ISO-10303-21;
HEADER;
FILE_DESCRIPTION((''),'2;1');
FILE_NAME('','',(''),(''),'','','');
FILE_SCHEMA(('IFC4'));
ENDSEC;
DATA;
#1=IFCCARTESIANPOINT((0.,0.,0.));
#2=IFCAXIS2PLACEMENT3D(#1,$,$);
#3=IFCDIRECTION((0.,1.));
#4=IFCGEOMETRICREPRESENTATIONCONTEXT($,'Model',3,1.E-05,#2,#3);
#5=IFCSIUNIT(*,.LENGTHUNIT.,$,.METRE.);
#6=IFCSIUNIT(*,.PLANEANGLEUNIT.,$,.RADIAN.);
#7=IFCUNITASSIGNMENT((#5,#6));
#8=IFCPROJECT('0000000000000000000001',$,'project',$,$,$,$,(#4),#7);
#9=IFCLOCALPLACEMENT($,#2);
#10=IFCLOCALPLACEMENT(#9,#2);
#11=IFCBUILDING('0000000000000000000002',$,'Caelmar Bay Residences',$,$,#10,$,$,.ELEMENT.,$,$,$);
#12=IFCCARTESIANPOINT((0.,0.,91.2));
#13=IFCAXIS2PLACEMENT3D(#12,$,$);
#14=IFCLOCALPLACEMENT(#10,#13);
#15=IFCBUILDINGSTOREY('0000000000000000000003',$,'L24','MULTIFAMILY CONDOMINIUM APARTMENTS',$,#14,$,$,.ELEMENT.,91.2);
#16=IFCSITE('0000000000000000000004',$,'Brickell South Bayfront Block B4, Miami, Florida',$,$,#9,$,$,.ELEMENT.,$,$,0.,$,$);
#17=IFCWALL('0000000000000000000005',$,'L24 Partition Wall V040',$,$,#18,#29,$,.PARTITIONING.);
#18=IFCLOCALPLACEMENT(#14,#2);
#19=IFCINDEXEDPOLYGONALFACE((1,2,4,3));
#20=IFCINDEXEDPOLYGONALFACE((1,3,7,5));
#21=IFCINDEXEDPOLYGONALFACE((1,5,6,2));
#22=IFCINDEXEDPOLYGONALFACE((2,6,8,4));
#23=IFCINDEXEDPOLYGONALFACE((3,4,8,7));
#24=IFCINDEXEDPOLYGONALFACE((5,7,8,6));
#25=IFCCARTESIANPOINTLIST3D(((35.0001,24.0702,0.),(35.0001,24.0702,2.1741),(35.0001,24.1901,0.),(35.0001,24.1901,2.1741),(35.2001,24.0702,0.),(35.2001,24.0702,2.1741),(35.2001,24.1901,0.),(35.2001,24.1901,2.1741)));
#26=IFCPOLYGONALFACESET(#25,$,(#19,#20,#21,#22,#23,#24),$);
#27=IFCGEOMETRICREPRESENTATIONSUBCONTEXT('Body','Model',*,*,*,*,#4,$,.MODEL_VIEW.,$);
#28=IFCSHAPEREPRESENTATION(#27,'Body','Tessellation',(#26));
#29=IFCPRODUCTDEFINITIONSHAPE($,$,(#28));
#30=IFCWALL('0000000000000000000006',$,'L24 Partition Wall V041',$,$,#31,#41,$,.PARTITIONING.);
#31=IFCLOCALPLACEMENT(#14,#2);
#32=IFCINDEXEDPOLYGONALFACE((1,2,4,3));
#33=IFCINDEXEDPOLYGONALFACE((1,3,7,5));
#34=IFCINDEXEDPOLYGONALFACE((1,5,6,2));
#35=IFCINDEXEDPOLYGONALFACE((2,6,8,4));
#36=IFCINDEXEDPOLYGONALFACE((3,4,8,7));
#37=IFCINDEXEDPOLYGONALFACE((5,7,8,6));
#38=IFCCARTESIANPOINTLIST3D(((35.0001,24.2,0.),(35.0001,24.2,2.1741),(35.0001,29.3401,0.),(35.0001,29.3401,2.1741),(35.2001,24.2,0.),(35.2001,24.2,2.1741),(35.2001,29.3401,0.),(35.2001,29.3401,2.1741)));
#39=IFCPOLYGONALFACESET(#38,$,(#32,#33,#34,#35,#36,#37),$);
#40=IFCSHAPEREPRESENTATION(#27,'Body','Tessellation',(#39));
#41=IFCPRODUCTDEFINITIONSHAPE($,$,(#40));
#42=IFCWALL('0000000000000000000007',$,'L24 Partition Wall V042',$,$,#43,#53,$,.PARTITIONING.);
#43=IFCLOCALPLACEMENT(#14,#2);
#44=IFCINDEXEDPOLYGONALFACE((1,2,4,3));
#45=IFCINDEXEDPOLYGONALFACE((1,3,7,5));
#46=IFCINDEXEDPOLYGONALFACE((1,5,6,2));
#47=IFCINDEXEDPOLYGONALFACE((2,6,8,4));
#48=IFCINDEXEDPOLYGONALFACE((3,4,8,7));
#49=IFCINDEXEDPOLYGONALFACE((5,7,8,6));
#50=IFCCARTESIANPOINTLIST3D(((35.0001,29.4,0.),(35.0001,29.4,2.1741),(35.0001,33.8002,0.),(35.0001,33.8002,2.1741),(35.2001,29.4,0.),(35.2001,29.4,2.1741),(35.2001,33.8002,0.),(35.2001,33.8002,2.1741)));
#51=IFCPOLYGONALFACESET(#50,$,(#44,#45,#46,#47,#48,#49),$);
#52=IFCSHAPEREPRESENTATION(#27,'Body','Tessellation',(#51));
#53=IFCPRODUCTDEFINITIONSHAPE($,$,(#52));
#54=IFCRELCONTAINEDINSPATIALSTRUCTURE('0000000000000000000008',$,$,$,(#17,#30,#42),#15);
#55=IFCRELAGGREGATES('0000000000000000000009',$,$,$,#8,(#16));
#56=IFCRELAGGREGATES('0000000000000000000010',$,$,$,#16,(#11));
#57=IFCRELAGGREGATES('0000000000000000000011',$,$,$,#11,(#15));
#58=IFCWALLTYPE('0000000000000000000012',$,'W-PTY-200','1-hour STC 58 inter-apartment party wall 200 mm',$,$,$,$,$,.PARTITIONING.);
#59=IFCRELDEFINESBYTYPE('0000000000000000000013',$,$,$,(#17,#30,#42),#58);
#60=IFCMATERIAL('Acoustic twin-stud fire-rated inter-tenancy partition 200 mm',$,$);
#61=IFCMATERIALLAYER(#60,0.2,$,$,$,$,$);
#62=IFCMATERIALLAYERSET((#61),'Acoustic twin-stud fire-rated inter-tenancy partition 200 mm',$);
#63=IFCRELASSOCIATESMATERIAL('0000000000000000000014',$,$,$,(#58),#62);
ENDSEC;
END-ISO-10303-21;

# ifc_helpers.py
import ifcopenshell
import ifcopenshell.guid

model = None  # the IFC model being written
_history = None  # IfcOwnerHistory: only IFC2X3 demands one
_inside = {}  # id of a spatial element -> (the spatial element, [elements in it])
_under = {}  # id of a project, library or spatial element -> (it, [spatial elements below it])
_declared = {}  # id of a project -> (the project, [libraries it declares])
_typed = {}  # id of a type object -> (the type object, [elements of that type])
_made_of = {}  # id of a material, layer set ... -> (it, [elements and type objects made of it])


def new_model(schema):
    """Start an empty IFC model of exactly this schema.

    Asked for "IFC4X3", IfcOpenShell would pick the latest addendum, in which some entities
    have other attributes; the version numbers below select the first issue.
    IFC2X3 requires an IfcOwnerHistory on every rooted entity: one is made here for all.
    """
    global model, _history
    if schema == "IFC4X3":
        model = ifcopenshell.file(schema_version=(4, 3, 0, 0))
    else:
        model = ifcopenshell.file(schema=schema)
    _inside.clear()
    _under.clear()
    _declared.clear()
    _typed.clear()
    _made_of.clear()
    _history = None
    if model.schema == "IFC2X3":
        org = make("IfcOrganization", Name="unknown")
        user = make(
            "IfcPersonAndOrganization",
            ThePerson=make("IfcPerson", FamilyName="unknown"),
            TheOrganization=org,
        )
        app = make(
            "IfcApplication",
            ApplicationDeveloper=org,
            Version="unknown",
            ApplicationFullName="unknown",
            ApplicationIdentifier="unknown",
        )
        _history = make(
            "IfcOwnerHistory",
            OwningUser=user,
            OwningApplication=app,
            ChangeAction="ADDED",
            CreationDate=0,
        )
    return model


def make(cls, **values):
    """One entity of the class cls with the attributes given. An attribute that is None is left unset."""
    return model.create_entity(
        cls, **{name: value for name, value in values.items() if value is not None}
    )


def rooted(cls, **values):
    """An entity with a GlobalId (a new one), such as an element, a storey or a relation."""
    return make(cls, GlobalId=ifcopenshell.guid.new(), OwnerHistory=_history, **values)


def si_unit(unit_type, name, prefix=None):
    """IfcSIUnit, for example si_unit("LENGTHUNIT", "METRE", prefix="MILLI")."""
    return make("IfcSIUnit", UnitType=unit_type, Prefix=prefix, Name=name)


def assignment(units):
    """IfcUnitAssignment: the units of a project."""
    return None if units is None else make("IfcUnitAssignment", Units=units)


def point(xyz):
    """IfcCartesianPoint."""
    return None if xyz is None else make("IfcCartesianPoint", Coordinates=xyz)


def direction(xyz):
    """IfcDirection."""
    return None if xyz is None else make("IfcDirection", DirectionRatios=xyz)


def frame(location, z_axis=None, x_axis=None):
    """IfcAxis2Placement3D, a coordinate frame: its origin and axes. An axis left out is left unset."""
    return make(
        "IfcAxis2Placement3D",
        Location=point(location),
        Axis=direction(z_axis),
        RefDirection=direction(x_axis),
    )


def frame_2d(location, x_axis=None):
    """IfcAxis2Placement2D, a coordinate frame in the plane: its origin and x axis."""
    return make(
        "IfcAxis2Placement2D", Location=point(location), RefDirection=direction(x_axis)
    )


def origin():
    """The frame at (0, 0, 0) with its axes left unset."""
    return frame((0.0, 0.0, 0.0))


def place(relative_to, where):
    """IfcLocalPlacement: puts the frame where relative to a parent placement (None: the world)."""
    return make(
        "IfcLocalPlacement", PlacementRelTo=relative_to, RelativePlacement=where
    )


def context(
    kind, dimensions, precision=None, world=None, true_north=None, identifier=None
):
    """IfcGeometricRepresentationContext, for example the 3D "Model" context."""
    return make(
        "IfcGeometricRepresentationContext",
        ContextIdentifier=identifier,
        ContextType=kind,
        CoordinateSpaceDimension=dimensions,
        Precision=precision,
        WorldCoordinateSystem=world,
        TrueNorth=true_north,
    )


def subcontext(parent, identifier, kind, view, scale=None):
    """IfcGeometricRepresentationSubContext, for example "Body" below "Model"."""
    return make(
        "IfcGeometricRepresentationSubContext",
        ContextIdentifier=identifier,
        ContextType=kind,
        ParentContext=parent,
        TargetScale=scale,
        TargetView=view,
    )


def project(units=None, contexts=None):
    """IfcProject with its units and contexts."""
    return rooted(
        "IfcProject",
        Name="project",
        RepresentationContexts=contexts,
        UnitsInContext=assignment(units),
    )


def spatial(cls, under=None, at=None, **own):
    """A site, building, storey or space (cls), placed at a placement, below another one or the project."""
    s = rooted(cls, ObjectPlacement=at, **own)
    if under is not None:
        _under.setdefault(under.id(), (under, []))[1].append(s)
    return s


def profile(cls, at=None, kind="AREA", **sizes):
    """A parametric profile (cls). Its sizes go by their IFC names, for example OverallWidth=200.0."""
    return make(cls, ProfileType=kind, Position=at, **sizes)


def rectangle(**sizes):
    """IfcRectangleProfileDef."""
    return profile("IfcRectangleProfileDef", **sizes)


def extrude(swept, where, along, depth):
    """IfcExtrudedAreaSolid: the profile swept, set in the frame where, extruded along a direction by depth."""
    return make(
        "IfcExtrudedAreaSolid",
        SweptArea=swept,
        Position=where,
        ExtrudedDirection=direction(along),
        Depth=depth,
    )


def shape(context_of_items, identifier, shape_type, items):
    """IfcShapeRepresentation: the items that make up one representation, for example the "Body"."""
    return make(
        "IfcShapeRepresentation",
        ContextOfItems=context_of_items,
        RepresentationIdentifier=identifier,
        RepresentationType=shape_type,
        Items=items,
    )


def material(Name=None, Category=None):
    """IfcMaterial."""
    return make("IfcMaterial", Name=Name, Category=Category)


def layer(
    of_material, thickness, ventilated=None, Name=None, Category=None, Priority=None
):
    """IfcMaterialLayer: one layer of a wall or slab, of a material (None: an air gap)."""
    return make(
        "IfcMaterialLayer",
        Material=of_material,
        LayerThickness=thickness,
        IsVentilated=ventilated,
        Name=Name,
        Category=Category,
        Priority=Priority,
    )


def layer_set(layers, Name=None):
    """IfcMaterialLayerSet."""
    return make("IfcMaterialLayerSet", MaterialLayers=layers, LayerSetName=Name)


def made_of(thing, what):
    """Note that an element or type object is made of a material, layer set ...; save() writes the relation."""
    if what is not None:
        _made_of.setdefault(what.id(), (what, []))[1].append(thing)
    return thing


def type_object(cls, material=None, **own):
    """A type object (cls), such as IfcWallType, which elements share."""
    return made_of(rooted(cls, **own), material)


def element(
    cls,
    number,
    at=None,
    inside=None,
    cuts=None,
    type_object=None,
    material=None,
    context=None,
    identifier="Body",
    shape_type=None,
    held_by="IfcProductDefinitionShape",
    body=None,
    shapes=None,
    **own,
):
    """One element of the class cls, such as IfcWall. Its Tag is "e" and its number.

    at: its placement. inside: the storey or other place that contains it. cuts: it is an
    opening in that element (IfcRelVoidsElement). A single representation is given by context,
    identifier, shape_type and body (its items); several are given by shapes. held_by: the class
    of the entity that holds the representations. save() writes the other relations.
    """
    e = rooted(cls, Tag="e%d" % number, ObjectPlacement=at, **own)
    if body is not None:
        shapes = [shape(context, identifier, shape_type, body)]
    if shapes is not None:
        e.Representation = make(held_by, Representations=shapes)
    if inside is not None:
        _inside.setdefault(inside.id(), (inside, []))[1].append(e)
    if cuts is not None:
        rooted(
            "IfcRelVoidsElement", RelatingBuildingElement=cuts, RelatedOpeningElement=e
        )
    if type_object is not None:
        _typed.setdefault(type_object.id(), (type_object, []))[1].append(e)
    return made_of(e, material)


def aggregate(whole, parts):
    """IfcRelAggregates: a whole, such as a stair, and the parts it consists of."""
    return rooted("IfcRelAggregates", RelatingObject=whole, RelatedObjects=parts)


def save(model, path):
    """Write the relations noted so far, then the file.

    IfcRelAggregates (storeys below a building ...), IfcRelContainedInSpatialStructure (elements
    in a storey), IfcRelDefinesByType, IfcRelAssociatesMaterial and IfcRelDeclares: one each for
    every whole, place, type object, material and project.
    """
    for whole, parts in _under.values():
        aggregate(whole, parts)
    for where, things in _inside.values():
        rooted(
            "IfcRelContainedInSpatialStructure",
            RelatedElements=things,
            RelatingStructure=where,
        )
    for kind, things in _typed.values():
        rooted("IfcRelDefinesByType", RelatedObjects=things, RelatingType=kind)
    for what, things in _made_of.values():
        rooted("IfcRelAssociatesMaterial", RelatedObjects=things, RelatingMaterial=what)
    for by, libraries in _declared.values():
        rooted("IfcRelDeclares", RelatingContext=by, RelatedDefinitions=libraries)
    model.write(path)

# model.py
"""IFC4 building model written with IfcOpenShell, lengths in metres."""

from ifc_helpers import new_model, si_unit, direction, frame, frame_2d, origin, place, context, subcontext, project, spatial, rectangle, extrude, material, layer, layer_set, type_object, element, save


model = new_model("IFC4")

# Units and contexts
model_context = context("Model", 3, precision=1e-05, world=origin(), true_north=direction((0.0, 1.0)))
body_context = subcontext(model_context, "Body", "Model", "MODEL_VIEW")
ifc_project = project(units=[si_unit("LENGTHUNIT", "METRE"), si_unit("PLANEANGLEUNIT", "RADIAN")], contexts=[model_context])

# Site, building, storey
site_placement = place(None, origin())
site = spatial("IfcSite", under=ifc_project, at=site_placement, Name="Brickell South Bayfront Block B4, Miami, Florida", CompositionType="ELEMENT", RefElevation=0.0)
building_placement = place(site_placement, origin())
building = spatial("IfcBuilding", under=site, at=building_placement, Name="Caelmar Bay Residences", CompositionType="ELEMENT")
storey_placement = place(building_placement, frame((0.0, 0.0, 91.2)))
storey = spatial("IfcBuildingStorey", under=building, at=storey_placement, Name="L24", Description="MULTIFAMILY CONDOMINIUM APARTMENTS", CompositionType="ELEMENT", Elevation=91.2)

# Walls
ifc_material_1 = material(Name="Acoustic twin-stud fire-rated inter-tenancy partition 200 mm")
ifc_layer_1 = layer(ifc_material_1, 0.2)
ifc_layer_set_1 = layer_set([ifc_layer_1], Name="Acoustic twin-stud fire-rated inter-tenancy partition 200 mm")
wall_type_1 = type_object("IfcWallType", Name="W-PTY-200", Description="1-hour STC 58 inter-apartment party wall 200 mm", PredefinedType="PARTITIONING", material=ifc_layer_set_1)
wall_1_placement = place(storey_placement, frame((35.1001, 24.0701, 0.0), z_axis=(0.0, 0.0, 1.0), x_axis=(0.0, 1.0, 0.0)))
element("IfcWall", 1, at=wall_1_placement, inside=storey, type_object=wall_type_1, Name="L24 Partition Wall V040", PredefinedType="PARTITIONING", context=body_context, shape_type="SweptSolid", body=[
    extrude(rectangle(XDim=0.1199, YDim=0.2, at=frame_2d((0.0601, 0.0))), origin(), (0.0, 0.0, 1.0), 2.1741),
])
wall_2_placement = place(storey_placement, frame((35.1001, 24.2, 0.0), z_axis=(0.0, 0.0, 1.0), x_axis=(0.0, 1.0, 0.0)))
element("IfcWall", 2, at=wall_2_placement, inside=storey, type_object=wall_type_1, Name="L24 Partition Wall V041", PredefinedType="PARTITIONING", context=body_context, shape_type="SweptSolid", body=[
    extrude(rectangle(XDim=5.1401, YDim=0.2, at=frame_2d((2.5701, 0.0))), origin(), (0.0, 0.0, 1.0), 2.1741),
])
wall_3_placement = place(storey_placement, frame((35.1001, 29.3999, 0.0), z_axis=(0.0, 0.0, 1.0), x_axis=(0.0, 1.0, 0.0)))
element("IfcWall", 3, at=wall_3_placement, inside=storey, type_object=wall_type_1, Name="L24 Partition Wall V042", PredefinedType="PARTITIONING", context=body_context, shape_type="SweptSolid", body=[
    extrude(rectangle(XDim=4.4001, YDim=0.2, at=frame_2d((2.2002, 0.0))), origin(), (0.0, 0.0, 1.0), 2.1741),
])

save(model, "model.ifc")
